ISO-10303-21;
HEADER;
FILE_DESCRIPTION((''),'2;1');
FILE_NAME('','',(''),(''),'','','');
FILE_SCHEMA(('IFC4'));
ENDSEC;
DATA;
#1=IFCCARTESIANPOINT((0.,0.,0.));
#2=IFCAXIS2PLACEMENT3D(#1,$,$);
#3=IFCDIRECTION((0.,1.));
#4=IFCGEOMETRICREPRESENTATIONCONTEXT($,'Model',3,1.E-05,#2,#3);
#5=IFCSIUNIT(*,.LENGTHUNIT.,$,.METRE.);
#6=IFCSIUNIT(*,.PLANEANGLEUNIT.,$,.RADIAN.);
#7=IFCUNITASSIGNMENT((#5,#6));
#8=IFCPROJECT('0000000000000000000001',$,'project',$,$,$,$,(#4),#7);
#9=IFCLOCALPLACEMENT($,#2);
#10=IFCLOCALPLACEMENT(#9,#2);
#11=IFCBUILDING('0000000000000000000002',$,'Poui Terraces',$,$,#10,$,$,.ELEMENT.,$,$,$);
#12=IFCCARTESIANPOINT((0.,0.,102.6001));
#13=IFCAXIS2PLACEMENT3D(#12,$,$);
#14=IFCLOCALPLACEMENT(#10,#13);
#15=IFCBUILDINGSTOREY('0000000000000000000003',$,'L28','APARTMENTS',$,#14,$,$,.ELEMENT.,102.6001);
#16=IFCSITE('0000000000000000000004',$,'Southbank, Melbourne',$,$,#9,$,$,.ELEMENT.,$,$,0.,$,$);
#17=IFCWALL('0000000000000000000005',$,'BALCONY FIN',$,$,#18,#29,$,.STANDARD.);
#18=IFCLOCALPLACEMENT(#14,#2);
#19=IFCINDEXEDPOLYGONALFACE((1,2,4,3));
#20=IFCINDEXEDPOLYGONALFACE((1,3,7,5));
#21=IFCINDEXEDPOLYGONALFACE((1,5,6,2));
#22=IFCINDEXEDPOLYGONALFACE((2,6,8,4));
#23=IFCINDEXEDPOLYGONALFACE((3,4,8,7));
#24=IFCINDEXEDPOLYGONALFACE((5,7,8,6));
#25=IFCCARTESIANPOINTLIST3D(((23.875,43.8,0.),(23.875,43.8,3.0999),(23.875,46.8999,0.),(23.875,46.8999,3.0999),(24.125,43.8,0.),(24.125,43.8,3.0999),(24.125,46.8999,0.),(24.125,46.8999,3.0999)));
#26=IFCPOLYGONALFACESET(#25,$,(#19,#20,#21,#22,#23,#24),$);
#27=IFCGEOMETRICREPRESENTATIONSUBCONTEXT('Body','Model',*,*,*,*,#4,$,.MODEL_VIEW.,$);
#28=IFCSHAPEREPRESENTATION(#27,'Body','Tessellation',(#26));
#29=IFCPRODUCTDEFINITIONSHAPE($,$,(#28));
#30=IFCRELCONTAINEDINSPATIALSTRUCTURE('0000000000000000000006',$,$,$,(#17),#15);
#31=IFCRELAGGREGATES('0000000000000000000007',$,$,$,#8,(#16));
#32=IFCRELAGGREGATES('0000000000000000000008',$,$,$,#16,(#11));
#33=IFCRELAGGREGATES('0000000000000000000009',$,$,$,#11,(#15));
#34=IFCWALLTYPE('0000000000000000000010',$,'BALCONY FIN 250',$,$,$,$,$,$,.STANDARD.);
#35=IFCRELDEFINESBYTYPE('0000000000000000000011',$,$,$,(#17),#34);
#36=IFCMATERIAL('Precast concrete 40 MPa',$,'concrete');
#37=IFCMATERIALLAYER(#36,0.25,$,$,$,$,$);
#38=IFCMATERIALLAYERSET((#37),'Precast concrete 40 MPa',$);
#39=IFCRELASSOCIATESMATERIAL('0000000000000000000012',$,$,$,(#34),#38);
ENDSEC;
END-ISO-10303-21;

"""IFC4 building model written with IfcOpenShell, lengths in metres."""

from ifc_helpers import new_model, si_unit, direction, frame, origin, place, context, subcontext, project, spatial, polyline, outline, extrude, source, transform, mapped, material, layer, layer_set, type_object, element, save


model = new_model("IFC4")

# Units and contexts
model_context = context("Model", 3, precision=1e-05, world=origin(), true_north=direction((0.0, 1.0)))
body_context = subcontext(model_context, "Body", "Model", "MODEL_VIEW")
ifc_project = project(units=[si_unit("LENGTHUNIT", "METRE"), si_unit("PLANEANGLEUNIT", "RADIAN")], contexts=[model_context])

# Site, building, storey
site_placement = place(None, origin())
site = spatial("IfcSite", under=ifc_project, at=site_placement, Name="Southbank, Melbourne", CompositionType="ELEMENT", RefElevation=0.0)
building_placement = place(site_placement, origin())
building = spatial("IfcBuilding", under=site, at=building_placement, Name="Poui Terraces", CompositionType="ELEMENT")
storey_placement = place(building_placement, frame((0.0, 0.0, 102.6001)))
storey = spatial("IfcBuildingStorey", under=building, at=storey_placement, Name="L28", Description="APARTMENTS", CompositionType="ELEMENT", Elevation=102.6001)

# Wall
ifc_material_1 = material(Name="Precast concrete 40 MPa", Category="concrete")
ifc_layer_1 = layer(ifc_material_1, 0.25)
ifc_layer_set_1 = layer_set([ifc_layer_1], Name="Precast concrete 40 MPa")
wall_type_1 = type_object("IfcWallType", Name="BALCONY FIN 250", PredefinedType="STANDARD", material=ifc_layer_set_1)
shared_shape_1 = source(origin(), body_context, "Body", "SweptSolid", [
    extrude(outline(polyline([(0.0, 0.0), (0.25, 0.0), (0.25, 3.0999), (0.0, 3.0999), (0.0, 0.0)])), origin(), (0.0, 0.0, 1.0), 3.0999),
])
for number, where, name in (
    (1, (23.875, 43.8, 0.0), "BALCONY FIN"),
):
    element("IfcWall", number, at=place(storey_placement, frame(where)), inside=storey, type_object=wall_type_1, Name=name, PredefinedType="STANDARD", context=body_context, shape_type="MappedRepresentation", body=[
        mapped(shared_shape_1, transform((0.0, 0.0, 0.0))),
    ])

save(model, "model.ifc")
